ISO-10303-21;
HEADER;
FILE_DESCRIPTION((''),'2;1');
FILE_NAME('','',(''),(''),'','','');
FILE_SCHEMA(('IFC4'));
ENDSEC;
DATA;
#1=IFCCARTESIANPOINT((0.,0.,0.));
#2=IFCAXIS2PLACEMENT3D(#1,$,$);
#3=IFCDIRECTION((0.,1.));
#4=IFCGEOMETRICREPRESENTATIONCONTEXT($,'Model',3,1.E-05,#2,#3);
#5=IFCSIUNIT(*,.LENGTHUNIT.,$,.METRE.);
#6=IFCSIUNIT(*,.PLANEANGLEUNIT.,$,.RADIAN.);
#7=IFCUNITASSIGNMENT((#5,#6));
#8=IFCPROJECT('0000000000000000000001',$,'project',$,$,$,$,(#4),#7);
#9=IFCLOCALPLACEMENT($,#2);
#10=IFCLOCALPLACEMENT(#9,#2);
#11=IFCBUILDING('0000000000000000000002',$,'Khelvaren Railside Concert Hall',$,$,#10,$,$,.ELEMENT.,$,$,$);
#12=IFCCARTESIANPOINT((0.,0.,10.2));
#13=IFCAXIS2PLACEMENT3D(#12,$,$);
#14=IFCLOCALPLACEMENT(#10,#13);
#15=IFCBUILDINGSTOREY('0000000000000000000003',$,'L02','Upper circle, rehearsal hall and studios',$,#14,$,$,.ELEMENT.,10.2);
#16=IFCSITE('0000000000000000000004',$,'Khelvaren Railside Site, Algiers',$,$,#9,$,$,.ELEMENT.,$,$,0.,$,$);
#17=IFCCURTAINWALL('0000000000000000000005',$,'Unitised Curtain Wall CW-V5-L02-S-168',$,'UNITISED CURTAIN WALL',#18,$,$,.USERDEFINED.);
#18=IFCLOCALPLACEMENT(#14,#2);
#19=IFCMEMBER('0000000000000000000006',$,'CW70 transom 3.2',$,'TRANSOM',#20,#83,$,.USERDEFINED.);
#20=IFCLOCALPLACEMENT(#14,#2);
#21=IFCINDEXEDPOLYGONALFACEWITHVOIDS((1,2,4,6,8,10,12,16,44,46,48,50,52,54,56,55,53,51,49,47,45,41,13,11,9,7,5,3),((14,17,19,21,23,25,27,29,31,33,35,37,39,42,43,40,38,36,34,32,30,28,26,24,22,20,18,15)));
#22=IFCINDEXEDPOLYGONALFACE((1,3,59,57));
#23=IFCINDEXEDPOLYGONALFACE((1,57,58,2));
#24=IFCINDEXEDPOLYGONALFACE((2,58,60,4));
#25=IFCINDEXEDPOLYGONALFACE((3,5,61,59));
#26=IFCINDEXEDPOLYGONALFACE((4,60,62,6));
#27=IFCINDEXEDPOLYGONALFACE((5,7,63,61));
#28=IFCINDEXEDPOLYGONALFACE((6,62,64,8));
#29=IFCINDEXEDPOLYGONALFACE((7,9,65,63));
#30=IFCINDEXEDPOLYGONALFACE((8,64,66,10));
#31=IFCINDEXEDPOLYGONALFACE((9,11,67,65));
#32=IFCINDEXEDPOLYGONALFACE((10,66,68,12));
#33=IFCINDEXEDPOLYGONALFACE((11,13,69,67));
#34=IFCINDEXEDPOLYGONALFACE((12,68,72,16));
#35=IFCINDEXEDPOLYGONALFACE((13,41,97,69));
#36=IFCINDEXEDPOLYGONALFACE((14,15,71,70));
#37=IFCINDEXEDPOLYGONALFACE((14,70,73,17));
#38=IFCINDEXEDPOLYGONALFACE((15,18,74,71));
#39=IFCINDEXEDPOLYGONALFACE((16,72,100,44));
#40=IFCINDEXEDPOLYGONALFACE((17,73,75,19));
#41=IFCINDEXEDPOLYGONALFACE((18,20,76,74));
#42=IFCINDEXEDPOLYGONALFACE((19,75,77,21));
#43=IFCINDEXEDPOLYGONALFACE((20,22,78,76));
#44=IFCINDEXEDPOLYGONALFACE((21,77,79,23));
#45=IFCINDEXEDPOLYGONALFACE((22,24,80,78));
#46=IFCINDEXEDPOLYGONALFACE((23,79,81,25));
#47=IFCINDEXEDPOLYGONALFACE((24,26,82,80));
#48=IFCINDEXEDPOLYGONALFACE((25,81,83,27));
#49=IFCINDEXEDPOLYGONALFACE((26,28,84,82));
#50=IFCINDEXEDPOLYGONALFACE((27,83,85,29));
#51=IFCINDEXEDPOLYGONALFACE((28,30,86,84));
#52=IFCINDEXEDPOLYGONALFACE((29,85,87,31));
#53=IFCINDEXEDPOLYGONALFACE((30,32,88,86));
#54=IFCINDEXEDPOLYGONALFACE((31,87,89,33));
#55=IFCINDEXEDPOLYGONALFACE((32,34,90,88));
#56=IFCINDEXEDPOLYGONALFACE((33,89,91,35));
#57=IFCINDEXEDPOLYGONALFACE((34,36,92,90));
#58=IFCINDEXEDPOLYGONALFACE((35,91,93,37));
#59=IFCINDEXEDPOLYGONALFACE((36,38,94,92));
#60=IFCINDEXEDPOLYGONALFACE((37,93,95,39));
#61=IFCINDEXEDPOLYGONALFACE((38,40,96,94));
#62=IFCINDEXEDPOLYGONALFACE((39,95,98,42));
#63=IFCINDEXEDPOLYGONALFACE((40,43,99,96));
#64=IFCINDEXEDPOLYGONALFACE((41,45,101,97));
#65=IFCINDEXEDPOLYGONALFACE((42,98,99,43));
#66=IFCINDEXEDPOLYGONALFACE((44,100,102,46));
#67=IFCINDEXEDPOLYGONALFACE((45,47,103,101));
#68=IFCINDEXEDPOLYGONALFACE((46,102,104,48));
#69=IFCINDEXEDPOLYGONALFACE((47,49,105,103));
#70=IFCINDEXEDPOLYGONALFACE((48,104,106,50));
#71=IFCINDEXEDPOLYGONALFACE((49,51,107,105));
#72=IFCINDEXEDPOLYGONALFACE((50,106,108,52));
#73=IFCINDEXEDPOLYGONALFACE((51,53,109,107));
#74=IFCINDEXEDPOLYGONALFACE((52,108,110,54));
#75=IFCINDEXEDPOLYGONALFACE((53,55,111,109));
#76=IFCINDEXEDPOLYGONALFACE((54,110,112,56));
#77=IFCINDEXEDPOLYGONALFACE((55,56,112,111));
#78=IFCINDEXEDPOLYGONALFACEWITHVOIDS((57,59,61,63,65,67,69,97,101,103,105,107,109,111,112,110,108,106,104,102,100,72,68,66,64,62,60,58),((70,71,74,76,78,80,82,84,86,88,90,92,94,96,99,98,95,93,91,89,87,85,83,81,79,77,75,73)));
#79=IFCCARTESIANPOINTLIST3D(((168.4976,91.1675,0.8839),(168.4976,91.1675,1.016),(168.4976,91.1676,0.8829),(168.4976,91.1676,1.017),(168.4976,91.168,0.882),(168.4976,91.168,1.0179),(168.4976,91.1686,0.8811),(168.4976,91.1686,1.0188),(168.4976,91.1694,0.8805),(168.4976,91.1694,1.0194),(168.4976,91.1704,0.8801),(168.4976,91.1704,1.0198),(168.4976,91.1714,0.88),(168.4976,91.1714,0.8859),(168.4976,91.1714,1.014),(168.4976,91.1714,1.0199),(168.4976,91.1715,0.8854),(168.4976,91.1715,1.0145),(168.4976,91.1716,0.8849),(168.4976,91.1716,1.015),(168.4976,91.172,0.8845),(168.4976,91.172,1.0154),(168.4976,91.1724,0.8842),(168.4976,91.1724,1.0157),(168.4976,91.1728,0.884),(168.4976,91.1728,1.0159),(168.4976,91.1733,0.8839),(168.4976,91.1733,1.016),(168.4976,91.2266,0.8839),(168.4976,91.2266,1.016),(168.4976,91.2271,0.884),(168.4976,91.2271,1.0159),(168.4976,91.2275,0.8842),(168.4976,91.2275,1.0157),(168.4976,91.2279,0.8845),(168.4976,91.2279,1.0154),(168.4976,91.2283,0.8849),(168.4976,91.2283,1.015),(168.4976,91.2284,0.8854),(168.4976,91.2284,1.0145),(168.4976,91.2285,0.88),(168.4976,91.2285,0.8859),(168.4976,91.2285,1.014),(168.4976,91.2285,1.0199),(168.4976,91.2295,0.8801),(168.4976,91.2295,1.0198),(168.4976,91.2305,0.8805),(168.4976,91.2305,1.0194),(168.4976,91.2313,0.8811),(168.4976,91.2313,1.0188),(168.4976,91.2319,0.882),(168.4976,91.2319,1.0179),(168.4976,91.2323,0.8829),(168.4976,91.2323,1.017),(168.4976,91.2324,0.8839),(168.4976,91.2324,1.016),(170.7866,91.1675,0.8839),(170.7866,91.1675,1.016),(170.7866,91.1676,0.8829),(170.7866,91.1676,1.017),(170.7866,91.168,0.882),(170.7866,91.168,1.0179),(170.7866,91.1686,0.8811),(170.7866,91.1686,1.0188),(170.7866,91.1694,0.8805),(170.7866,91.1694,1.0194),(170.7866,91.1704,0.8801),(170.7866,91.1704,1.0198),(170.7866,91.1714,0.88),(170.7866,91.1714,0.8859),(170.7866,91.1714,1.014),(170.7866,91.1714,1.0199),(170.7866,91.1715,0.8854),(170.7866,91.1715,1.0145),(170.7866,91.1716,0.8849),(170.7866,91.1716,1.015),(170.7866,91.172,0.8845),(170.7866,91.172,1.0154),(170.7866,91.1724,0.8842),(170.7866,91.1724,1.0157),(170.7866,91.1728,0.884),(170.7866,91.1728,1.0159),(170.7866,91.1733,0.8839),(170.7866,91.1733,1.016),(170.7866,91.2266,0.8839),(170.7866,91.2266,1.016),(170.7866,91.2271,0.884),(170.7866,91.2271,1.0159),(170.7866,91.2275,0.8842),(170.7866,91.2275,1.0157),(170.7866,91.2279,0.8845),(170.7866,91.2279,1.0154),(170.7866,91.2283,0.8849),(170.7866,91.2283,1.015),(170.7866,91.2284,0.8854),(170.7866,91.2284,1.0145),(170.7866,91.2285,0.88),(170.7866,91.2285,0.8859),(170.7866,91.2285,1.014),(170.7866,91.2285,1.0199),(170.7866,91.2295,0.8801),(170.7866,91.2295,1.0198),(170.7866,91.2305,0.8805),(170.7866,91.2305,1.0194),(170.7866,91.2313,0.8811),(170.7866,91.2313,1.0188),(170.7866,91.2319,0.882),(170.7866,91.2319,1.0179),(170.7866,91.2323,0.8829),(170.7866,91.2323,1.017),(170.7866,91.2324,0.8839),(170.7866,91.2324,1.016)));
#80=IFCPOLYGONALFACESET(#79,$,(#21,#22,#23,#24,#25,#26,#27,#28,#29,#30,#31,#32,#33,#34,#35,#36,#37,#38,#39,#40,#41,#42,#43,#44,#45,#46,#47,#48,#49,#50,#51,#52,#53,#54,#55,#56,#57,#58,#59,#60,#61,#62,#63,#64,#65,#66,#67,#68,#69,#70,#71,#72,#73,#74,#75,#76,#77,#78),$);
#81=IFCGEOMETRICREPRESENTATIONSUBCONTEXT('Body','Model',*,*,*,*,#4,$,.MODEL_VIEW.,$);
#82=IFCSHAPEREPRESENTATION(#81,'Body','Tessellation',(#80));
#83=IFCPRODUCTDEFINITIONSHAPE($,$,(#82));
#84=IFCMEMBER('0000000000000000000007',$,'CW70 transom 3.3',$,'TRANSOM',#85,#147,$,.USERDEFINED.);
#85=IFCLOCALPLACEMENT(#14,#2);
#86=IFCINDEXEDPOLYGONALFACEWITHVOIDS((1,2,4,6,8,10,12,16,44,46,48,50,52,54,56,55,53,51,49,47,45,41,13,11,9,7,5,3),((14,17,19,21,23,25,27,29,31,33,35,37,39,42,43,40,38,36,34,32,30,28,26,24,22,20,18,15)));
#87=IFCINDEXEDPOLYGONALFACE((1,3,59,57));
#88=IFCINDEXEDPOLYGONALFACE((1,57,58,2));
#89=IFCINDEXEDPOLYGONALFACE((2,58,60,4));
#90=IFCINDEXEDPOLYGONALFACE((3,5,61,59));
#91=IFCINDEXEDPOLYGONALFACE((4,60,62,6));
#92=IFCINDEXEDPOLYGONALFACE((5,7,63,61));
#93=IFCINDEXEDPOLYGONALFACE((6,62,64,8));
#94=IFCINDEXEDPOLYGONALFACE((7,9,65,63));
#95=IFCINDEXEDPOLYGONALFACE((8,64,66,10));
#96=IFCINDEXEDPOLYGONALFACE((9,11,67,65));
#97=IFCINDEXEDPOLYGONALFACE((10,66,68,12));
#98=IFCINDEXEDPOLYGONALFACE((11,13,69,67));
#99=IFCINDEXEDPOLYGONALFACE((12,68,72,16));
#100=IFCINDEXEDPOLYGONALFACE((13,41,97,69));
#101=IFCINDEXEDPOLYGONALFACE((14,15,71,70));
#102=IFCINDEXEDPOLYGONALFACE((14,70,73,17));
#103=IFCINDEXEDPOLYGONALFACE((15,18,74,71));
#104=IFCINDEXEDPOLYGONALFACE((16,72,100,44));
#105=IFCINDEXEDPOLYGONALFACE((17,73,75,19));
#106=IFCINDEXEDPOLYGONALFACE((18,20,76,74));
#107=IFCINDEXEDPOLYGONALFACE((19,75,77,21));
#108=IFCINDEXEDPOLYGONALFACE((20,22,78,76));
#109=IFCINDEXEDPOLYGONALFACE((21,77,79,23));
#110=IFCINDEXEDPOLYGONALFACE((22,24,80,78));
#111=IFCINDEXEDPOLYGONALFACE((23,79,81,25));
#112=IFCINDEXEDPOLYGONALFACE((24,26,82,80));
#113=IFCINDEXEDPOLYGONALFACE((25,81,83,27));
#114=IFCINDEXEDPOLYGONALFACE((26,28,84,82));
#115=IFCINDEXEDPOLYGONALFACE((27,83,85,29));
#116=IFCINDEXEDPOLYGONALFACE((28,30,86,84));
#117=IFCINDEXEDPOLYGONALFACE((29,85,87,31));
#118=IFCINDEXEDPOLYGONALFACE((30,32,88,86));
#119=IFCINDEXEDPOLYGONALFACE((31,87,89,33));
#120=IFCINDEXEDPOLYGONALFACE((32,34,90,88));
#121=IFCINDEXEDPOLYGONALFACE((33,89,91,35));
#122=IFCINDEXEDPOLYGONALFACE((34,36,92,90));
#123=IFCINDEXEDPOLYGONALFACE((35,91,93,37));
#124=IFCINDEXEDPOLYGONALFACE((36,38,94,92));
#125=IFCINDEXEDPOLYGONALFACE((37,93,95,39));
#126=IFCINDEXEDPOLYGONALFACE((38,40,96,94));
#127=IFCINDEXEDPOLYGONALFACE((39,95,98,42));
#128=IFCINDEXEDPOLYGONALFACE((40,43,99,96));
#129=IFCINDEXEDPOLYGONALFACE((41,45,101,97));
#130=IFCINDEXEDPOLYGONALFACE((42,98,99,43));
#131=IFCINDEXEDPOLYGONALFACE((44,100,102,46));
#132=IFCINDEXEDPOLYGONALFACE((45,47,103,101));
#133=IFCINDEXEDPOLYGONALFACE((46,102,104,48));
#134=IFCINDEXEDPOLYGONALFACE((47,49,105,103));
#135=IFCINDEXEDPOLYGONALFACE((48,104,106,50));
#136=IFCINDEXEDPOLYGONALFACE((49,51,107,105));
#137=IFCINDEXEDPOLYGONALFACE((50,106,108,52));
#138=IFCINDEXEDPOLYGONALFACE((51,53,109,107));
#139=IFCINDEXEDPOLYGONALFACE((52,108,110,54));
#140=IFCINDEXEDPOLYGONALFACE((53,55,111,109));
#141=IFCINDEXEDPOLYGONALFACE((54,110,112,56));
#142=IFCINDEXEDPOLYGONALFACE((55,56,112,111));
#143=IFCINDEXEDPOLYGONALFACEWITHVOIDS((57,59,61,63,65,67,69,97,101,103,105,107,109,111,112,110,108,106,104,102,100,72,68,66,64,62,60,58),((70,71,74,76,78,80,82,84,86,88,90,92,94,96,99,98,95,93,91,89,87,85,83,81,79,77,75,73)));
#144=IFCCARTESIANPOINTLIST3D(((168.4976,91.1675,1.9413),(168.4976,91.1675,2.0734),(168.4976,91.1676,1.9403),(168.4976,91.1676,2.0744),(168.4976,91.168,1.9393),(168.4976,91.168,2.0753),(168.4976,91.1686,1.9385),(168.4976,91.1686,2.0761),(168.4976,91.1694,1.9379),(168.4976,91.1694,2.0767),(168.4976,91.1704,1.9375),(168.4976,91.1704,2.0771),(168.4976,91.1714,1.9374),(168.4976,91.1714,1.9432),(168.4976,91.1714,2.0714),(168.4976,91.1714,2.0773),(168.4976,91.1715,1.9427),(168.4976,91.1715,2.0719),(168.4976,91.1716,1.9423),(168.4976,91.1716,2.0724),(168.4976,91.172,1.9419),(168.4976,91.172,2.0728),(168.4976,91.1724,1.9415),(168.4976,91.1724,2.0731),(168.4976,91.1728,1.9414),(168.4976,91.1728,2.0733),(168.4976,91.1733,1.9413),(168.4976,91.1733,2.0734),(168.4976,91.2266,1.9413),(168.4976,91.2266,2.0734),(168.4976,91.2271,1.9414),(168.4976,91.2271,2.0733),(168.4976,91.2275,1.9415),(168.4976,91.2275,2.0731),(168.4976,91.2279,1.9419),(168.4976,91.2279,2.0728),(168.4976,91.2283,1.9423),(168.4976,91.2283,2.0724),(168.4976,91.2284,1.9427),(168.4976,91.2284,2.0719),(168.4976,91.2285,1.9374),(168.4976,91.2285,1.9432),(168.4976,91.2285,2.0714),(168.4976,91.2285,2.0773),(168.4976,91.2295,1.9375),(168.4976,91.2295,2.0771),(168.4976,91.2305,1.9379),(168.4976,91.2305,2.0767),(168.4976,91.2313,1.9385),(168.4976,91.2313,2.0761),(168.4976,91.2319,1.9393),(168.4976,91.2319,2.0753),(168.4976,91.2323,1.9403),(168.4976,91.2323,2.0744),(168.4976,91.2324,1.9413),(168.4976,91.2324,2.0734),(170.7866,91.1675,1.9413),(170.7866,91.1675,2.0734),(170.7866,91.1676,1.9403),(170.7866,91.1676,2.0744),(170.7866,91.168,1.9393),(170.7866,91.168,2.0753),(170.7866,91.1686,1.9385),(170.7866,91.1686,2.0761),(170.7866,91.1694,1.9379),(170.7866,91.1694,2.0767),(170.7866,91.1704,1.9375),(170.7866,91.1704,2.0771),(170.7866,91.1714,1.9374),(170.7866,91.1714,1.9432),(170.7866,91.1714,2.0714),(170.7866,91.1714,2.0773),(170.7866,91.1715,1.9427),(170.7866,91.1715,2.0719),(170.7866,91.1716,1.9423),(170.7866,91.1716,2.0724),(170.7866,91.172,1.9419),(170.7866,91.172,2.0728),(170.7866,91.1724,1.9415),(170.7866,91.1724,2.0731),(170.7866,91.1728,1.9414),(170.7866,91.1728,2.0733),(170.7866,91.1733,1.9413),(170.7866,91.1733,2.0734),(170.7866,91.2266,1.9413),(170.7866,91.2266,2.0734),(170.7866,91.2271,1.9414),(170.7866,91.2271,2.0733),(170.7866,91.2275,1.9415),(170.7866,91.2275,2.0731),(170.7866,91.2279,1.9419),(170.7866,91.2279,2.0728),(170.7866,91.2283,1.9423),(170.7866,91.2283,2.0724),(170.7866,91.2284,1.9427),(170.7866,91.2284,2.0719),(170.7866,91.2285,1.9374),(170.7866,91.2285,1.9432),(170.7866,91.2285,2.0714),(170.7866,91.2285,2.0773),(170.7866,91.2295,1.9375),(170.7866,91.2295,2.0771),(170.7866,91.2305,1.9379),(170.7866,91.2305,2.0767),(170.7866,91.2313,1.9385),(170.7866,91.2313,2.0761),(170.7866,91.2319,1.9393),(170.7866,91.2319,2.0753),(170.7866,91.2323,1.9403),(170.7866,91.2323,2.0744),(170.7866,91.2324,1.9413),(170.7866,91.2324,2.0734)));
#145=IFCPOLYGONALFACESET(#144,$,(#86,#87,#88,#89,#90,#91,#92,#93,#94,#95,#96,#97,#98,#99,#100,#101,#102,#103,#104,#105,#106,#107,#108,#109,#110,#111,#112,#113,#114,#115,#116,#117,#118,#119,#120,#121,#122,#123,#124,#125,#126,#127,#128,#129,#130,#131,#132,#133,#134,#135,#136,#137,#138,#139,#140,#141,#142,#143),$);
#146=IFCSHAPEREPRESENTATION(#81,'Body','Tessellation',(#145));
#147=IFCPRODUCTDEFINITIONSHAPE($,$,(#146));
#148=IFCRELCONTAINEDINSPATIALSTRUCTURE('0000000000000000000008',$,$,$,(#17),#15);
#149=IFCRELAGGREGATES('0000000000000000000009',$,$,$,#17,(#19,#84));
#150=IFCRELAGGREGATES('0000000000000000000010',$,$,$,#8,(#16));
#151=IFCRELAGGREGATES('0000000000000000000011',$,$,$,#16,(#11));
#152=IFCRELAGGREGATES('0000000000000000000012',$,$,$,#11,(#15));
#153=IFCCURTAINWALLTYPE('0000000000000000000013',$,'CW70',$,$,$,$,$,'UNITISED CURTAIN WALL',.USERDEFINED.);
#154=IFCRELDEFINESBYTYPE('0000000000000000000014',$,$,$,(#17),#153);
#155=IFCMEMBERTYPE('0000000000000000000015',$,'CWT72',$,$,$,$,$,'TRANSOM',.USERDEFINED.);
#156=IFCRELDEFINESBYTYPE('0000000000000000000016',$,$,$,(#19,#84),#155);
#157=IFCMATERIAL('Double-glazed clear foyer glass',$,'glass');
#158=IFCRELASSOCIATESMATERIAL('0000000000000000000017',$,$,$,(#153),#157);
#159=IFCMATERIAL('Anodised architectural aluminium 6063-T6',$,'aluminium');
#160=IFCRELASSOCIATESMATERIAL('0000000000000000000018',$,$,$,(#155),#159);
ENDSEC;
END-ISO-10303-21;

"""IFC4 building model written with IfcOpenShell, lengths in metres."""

from ifc_helpers import new_model, si_unit, direction, frame, origin, origin_2d, place, context, subcontext, project, spatial, hollow_rectangle, extrude, material, material_profile, profile_set, type_object, element, aggregate, save


model = new_model("IFC4")

# Units and contexts
model_context = context("Model", 3, precision=1e-05, world=origin(), true_north=direction((0.0, 1.0)))
body_context = subcontext(model_context, "Body", "Model", "MODEL_VIEW")
ifc_project = project(units=[si_unit("LENGTHUNIT", "METRE"), si_unit("PLANEANGLEUNIT", "RADIAN")], contexts=[model_context])

# Site, building, storey
site_placement = place(None, origin())
site = spatial("IfcSite", under=ifc_project, at=site_placement, Name="Khelvaren Railside Site, Algiers", CompositionType="ELEMENT", RefElevation=0.0)
building_placement = place(site_placement, origin())
building = spatial("IfcBuilding", under=site, at=building_placement, Name="Khelvaren Railside Concert Hall", CompositionType="ELEMENT")
storey_placement = place(building_placement, frame((0.0, 0.0, 10.2)))
storey = spatial("IfcBuildingStorey", under=building, at=storey_placement, Name="L02", Description="Upper circle, rehearsal hall and studios", CompositionType="ELEMENT", Elevation=10.2)

# Curtain wall, members
ifc_material_1 = material(Name="Double-glazed clear foyer glass", Category="glass")
curtain_wall_type = type_object("IfcCurtainWallType", Name="CW70", ElementType="UNITISED CURTAIN WALL", PredefinedType="USERDEFINED", material=ifc_material_1)
curtain_wall_placement = place(storey_placement, origin())
curtain_wall = element("IfcCurtainWall", 1, at=curtain_wall_placement, inside=storey, type_object=curtain_wall_type, Name="Unitised Curtain Wall CW-V5-L02-S-168", ObjectType="UNITISED CURTAIN WALL", PredefinedType="USERDEFINED")
ifc_material_2 = material(Name="Anodised architectural aluminium 6063-T6", Category="aluminium")
ifc_material_profile_1 = material_profile(ifc_material_2, hollow_rectangle(XDim=0.0649, YDim=0.1399, WallThickness=0.0039, InnerFilletRadius=0.002, OuterFilletRadius=0.0039, at=origin_2d()), Name="CWT 65x140x4")
ifc_profile_set_1 = profile_set([ifc_material_profile_1], Name="Anodised architectural aluminium 6063-T6")
member_type_1 = type_object("IfcMemberType", Name="CWT72", ElementType="TRANSOM", PredefinedType="USERDEFINED", material=ifc_profile_set_1)
member_1_placement = place(storey_placement, frame((170.7866, 91.2, 0.95), z_axis=(-1.0, 0.0, 0.0), x_axis=(0.0, -1.0, 0.0)))
member_1 = element("IfcMember", 2, at=member_1_placement, type_object=member_type_1, Name="CW70 transom 3.2", ObjectType="TRANSOM", PredefinedType="USERDEFINED", context=body_context, shape_type="SweptSolid", body=[
    extrude(hollow_rectangle(XDim=0.0649, YDim=0.1399, WallThickness=0.0039, InnerFilletRadius=0.002, OuterFilletRadius=0.0039, at=origin_2d()), origin(), (0.0, 0.0, 1.0), 2.2891),
])
member_2_placement = place(storey_placement, frame((170.7866, 91.2, 2.0073), z_axis=(-1.0, 0.0, 0.0), x_axis=(0.0, -1.0, 0.0)))
member_2 = element("IfcMember", 3, at=member_2_placement, type_object=member_type_1, Name="CW70 transom 3.3", ObjectType="TRANSOM", PredefinedType="USERDEFINED", context=body_context, shape_type="SweptSolid", body=[
    extrude(hollow_rectangle(XDim=0.0649, YDim=0.1399, WallThickness=0.0039, InnerFilletRadius=0.002, OuterFilletRadius=0.0039, at=origin_2d()), origin(), (0.0, 0.0, 1.0), 2.2891),
])

aggregate(curtain_wall, [member_1, member_2])

save(model, "model.ifc")
